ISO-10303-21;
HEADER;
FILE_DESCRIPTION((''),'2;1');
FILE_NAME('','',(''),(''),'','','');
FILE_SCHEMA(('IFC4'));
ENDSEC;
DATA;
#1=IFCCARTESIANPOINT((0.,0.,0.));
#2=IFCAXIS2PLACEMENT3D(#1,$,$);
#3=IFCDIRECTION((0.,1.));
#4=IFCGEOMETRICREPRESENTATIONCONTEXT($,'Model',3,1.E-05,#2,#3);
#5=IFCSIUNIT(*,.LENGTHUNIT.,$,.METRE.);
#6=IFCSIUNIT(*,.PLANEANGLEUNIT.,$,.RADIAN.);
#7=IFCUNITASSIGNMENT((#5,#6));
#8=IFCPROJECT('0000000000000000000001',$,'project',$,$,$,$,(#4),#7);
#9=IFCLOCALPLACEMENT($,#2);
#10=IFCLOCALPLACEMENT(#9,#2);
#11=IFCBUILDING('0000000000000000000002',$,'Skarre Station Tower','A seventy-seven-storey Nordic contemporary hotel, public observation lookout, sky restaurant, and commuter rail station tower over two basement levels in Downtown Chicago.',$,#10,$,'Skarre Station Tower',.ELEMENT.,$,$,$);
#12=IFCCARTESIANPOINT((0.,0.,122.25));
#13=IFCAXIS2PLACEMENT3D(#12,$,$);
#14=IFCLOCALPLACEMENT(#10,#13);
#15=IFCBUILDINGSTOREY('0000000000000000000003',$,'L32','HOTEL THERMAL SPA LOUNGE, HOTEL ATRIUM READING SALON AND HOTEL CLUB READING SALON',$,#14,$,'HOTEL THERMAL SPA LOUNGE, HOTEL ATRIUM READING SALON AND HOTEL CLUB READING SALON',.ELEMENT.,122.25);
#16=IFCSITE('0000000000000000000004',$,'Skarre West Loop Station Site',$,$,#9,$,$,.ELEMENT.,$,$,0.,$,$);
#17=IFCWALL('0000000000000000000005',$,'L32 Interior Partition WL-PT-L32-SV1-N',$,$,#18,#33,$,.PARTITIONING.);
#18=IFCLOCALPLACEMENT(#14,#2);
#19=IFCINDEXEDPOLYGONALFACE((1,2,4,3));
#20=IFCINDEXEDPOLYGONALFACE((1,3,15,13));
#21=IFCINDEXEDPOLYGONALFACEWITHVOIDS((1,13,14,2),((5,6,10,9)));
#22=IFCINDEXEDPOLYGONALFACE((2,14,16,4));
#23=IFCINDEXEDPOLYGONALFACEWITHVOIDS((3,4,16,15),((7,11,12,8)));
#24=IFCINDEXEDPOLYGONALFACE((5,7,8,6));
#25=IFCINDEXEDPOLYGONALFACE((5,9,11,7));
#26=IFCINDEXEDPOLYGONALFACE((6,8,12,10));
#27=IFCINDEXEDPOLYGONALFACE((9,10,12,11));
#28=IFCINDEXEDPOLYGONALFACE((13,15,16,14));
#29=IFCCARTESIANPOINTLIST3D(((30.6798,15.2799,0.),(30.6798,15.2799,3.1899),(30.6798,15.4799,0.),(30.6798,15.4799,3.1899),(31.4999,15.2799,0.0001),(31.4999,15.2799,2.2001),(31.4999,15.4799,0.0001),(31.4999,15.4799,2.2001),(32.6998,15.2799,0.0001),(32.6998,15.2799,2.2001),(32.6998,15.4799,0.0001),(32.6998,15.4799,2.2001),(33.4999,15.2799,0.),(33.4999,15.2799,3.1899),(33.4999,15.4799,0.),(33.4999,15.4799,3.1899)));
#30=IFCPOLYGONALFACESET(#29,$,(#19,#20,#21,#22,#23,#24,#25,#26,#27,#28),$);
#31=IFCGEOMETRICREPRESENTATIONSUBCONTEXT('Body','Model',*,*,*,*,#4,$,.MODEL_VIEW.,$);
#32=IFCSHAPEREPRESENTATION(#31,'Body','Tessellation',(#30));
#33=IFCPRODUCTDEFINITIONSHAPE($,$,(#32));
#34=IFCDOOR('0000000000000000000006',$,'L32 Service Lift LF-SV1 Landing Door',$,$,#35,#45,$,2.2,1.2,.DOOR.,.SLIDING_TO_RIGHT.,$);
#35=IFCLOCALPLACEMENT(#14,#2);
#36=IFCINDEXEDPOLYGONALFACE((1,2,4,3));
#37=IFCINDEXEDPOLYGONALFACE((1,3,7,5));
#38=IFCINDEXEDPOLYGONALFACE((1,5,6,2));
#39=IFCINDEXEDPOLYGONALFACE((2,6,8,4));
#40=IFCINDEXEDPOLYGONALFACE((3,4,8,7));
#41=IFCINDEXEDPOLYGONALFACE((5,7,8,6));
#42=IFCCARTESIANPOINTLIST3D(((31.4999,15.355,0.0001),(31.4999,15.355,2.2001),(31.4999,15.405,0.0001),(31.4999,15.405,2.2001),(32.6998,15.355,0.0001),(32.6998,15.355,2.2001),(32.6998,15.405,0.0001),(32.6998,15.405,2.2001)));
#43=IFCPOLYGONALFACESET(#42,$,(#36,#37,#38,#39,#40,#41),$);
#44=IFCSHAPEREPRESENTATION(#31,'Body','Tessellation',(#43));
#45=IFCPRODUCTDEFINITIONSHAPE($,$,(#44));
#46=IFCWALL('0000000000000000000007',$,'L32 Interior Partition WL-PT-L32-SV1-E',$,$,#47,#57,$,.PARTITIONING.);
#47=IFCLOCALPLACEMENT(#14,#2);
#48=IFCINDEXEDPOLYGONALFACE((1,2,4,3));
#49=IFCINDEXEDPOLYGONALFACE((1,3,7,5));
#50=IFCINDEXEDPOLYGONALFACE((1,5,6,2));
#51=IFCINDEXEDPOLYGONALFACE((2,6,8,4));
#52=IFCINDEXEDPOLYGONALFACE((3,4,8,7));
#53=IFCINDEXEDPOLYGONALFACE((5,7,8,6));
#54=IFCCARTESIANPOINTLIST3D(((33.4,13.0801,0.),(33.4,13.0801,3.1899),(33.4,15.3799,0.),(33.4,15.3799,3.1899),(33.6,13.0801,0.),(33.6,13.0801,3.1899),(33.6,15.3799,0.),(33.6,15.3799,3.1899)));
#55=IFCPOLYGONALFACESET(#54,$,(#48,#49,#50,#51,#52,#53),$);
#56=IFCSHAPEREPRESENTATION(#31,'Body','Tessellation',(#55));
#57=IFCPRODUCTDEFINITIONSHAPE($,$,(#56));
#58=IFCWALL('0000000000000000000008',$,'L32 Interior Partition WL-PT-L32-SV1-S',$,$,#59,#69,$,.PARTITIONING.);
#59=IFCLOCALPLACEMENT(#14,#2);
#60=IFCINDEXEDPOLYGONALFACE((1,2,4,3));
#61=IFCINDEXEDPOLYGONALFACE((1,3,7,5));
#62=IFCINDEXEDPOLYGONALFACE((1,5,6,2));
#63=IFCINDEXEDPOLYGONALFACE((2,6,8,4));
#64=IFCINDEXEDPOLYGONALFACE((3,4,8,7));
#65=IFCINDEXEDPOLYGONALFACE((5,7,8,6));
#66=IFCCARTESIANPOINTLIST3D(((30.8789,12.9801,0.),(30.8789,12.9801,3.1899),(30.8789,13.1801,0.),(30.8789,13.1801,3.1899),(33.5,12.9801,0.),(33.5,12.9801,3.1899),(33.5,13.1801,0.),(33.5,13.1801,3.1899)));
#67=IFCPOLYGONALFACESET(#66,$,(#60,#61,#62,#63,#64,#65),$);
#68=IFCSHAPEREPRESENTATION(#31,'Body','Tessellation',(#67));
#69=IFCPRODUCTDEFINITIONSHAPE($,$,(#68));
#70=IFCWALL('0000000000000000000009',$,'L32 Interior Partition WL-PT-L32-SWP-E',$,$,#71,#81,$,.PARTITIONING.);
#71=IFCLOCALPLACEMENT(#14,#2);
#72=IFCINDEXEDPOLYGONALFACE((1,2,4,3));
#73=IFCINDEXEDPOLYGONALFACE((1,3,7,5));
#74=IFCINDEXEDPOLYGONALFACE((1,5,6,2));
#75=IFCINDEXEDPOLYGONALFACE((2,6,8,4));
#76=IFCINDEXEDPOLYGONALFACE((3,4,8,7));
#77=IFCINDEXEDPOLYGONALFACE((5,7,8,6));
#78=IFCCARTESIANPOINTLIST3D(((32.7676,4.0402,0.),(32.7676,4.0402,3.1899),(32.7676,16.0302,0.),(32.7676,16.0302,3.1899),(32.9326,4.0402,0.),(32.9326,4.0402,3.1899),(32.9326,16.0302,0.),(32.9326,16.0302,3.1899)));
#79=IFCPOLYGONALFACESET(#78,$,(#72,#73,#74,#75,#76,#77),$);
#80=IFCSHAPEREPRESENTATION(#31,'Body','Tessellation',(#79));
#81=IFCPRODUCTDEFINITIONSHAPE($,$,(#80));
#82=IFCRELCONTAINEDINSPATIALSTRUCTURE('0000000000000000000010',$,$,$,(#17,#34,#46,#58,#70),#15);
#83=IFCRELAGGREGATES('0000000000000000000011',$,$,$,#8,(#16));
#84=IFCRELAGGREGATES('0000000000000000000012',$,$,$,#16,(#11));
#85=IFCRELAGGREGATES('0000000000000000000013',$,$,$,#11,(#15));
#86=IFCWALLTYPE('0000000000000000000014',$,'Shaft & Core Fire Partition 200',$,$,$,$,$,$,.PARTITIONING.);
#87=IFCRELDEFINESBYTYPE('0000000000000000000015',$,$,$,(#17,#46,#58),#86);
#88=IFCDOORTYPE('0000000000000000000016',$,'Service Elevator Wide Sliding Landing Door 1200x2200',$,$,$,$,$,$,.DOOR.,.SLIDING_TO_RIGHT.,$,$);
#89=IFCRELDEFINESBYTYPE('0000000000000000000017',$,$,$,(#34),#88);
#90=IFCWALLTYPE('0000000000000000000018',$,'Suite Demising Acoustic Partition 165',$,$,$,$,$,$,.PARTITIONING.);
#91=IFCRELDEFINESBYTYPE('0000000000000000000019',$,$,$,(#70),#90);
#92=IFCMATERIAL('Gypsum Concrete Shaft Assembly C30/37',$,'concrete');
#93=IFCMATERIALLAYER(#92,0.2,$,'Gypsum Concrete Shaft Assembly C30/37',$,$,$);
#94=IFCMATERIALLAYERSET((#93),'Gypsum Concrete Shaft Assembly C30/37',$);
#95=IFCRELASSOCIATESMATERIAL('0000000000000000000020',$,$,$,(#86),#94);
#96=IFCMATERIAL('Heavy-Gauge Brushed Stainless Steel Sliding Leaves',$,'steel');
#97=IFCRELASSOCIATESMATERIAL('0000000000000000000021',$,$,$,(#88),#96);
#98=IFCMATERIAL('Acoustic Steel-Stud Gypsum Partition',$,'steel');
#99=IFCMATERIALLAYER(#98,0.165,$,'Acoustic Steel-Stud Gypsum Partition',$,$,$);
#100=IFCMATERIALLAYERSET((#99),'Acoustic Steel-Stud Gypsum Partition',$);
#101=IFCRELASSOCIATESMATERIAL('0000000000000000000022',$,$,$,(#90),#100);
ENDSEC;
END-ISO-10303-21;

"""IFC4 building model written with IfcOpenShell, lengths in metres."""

from ifc_helpers import new_model, si_unit, direction, frame, frame_2d, origin, place, context, subcontext, project, spatial, rectangle, extrude, material, layer, layer_set, type_object, element, fill, save


model = new_model("IFC4")

# Units and contexts
model_context = context("Model", 3, precision=1e-05, world=origin(), true_north=direction((0.0, 1.0)))
body_context = subcontext(model_context, "Body", "Model", "MODEL_VIEW")
ifc_project = project(units=[si_unit("LENGTHUNIT", "METRE"), si_unit("PLANEANGLEUNIT", "RADIAN")], contexts=[model_context])

# Site, building, storey
site_placement = place(None, origin())
site = spatial("IfcSite", under=ifc_project, at=site_placement, Name="Skarre West Loop Station Site", CompositionType="ELEMENT", RefElevation=0.0)
building_placement = place(site_placement, origin())
building = spatial("IfcBuilding", under=site, at=building_placement, Name="Skarre Station Tower", Description="A seventy-seven-storey Nordic contemporary hotel, public observation lookout, sky restaurant, and commuter rail station tower over two basement levels in Downtown Chicago.", LongName="Skarre Station Tower", CompositionType="ELEMENT")
storey_placement = place(building_placement, frame((0.0, 0.0, 122.25)))
storey = spatial("IfcBuildingStorey", under=building, at=storey_placement, Name="L32", Description="HOTEL THERMAL SPA LOUNGE, HOTEL ATRIUM READING SALON AND HOTEL CLUB READING SALON", LongName="HOTEL THERMAL SPA LOUNGE, HOTEL ATRIUM READING SALON AND HOTEL CLUB READING SALON", CompositionType="ELEMENT", Elevation=122.25)

# Wall, opening, door
ifc_material_1 = material(Name="Gypsum Concrete Shaft Assembly C30/37", Category="concrete")
ifc_layer_1 = layer(ifc_material_1, 0.2, Name="Gypsum Concrete Shaft Assembly C30/37")
ifc_layer_set_1 = layer_set([ifc_layer_1], Name="Gypsum Concrete Shaft Assembly C30/37")
wall_type_1 = type_object("IfcWallType", Name="Shaft & Core Fire Partition 200", PredefinedType="PARTITIONING", material=ifc_layer_set_1)
wall_1_placement = place(storey_placement, frame((33.5, 15.3799, 0.0), z_axis=(0.0, 0.0, 1.0), x_axis=(-1.0, 0.0, 0.0)))
wall_1 = element("IfcWall", 1, at=wall_1_placement, inside=storey, type_object=wall_type_1, Name="L32 Interior Partition WL-PT-L32-SV1-N", PredefinedType="PARTITIONING", context=body_context, shape_type="SweptSolid", body=[
    extrude(rectangle(XDim=2.8201, YDim=0.2, at=frame_2d((1.4102, 0.0))), origin(), (0.0, 0.0, 1.0), 3.1899),
])
opening_1_placement = place(wall_1_placement, frame((0.8, 0.0, 0.0)))
opening_1 = element("IfcOpeningElement", 2, at=opening_1_placement, cuts=wall_1, PredefinedType="OPENING", context=body_context, shape_type="SweptSolid", body=[
    extrude(rectangle(XDim=1.2, YDim=2.2, at=frame_2d((0.6001, 1.1001))), frame((0.0, 0.1099, 0.0), z_axis=(0.0, -1.0, 0.0), x_axis=(1.0, 0.0, 0.0)), (0.0, 0.0, 1.0), 0.22),
])
ifc_material_2 = material(Name="Heavy-Gauge Brushed Stainless Steel Sliding Leaves", Category="steel")
door_type = type_object("IfcDoorType", Name="Service Elevator Wide Sliding Landing Door 1200x2200", OperationType="SLIDING_TO_RIGHT", PredefinedType="DOOR", material=ifc_material_2)
door_placement = place(opening_1_placement, origin())
door = element("IfcDoor", 3, at=door_placement, inside=storey, type_object=door_type, Name="L32 Service Lift LF-SV1 Landing Door", OperationType="SLIDING_TO_RIGHT", OverallHeight=2.2, OverallWidth=1.2, PredefinedType="DOOR", context=body_context, shape_type="SweptSolid", body=[
    extrude(rectangle(XDim=1.2, YDim=2.2, at=frame_2d((0.6001, 1.1001))), frame((0.0, 0.0249, 0.0), z_axis=(0.0, -1.0, 0.0), x_axis=(1.0, 0.0, 0.0)), (0.0, 0.0, 1.0), 0.05),
])
fill(opening_1, door)

# Walls
wall_2_placement = place(storey_placement, frame((33.5, 13.0801, 0.0), z_axis=(0.0, 0.0, 1.0), x_axis=(0.0, 1.0, 0.0)))
element("IfcWall", 4, at=wall_2_placement, inside=storey, type_object=wall_type_1, Name="L32 Interior Partition WL-PT-L32-SV1-E", PredefinedType="PARTITIONING", context=body_context, shape_type="SweptSolid", body=[
    extrude(rectangle(XDim=2.2998, YDim=0.2, at=frame_2d((1.1499, 0.0))), origin(), (0.0, 0.0, 1.0), 3.1899),
])
wall_3_placement = place(storey_placement, frame((30.8789, 13.0801, 0.0), z_axis=(0.0, 0.0, 1.0), x_axis=(1.0, 0.0, 0.0)))
element("IfcWall", 5, at=wall_3_placement, inside=storey, type_object=wall_type_1, Name="L32 Interior Partition WL-PT-L32-SV1-S", PredefinedType="PARTITIONING", context=body_context, shape_type="SweptSolid", body=[
    extrude(rectangle(XDim=2.6211, YDim=0.2, at=frame_2d((1.3105, 0.0))), origin(), (0.0, 0.0, 1.0), 3.1899),
])
ifc_material_3 = material(Name="Acoustic Steel-Stud Gypsum Partition", Category="steel")
ifc_layer_2 = layer(ifc_material_3, 0.165, Name="Acoustic Steel-Stud Gypsum Partition")
ifc_layer_set_2 = layer_set([ifc_layer_2], Name="Acoustic Steel-Stud Gypsum Partition")
wall_type_2 = type_object("IfcWallType", Name="Suite Demising Acoustic Partition 165", PredefinedType="PARTITIONING", material=ifc_layer_set_2)
wall_4_placement = place(storey_placement, frame((32.8501, 4.04, 0.0), z_axis=(0.0, 0.0, 1.0), x_axis=(0.0, 1.0, 0.0)))
element("IfcWall", 6, at=wall_4_placement, inside=storey, type_object=wall_type_2, Name="L32 Interior Partition WL-PT-L32-SWP-E", PredefinedType="PARTITIONING", context=body_context, shape_type="SweptSolid", body=[
    extrude(rectangle(XDim=11.99, YDim=0.165, at=frame_2d((5.9951, 0.0))), origin(), (0.0, 0.0, 1.0), 3.1899),
])

save(model, "model.ifc")
